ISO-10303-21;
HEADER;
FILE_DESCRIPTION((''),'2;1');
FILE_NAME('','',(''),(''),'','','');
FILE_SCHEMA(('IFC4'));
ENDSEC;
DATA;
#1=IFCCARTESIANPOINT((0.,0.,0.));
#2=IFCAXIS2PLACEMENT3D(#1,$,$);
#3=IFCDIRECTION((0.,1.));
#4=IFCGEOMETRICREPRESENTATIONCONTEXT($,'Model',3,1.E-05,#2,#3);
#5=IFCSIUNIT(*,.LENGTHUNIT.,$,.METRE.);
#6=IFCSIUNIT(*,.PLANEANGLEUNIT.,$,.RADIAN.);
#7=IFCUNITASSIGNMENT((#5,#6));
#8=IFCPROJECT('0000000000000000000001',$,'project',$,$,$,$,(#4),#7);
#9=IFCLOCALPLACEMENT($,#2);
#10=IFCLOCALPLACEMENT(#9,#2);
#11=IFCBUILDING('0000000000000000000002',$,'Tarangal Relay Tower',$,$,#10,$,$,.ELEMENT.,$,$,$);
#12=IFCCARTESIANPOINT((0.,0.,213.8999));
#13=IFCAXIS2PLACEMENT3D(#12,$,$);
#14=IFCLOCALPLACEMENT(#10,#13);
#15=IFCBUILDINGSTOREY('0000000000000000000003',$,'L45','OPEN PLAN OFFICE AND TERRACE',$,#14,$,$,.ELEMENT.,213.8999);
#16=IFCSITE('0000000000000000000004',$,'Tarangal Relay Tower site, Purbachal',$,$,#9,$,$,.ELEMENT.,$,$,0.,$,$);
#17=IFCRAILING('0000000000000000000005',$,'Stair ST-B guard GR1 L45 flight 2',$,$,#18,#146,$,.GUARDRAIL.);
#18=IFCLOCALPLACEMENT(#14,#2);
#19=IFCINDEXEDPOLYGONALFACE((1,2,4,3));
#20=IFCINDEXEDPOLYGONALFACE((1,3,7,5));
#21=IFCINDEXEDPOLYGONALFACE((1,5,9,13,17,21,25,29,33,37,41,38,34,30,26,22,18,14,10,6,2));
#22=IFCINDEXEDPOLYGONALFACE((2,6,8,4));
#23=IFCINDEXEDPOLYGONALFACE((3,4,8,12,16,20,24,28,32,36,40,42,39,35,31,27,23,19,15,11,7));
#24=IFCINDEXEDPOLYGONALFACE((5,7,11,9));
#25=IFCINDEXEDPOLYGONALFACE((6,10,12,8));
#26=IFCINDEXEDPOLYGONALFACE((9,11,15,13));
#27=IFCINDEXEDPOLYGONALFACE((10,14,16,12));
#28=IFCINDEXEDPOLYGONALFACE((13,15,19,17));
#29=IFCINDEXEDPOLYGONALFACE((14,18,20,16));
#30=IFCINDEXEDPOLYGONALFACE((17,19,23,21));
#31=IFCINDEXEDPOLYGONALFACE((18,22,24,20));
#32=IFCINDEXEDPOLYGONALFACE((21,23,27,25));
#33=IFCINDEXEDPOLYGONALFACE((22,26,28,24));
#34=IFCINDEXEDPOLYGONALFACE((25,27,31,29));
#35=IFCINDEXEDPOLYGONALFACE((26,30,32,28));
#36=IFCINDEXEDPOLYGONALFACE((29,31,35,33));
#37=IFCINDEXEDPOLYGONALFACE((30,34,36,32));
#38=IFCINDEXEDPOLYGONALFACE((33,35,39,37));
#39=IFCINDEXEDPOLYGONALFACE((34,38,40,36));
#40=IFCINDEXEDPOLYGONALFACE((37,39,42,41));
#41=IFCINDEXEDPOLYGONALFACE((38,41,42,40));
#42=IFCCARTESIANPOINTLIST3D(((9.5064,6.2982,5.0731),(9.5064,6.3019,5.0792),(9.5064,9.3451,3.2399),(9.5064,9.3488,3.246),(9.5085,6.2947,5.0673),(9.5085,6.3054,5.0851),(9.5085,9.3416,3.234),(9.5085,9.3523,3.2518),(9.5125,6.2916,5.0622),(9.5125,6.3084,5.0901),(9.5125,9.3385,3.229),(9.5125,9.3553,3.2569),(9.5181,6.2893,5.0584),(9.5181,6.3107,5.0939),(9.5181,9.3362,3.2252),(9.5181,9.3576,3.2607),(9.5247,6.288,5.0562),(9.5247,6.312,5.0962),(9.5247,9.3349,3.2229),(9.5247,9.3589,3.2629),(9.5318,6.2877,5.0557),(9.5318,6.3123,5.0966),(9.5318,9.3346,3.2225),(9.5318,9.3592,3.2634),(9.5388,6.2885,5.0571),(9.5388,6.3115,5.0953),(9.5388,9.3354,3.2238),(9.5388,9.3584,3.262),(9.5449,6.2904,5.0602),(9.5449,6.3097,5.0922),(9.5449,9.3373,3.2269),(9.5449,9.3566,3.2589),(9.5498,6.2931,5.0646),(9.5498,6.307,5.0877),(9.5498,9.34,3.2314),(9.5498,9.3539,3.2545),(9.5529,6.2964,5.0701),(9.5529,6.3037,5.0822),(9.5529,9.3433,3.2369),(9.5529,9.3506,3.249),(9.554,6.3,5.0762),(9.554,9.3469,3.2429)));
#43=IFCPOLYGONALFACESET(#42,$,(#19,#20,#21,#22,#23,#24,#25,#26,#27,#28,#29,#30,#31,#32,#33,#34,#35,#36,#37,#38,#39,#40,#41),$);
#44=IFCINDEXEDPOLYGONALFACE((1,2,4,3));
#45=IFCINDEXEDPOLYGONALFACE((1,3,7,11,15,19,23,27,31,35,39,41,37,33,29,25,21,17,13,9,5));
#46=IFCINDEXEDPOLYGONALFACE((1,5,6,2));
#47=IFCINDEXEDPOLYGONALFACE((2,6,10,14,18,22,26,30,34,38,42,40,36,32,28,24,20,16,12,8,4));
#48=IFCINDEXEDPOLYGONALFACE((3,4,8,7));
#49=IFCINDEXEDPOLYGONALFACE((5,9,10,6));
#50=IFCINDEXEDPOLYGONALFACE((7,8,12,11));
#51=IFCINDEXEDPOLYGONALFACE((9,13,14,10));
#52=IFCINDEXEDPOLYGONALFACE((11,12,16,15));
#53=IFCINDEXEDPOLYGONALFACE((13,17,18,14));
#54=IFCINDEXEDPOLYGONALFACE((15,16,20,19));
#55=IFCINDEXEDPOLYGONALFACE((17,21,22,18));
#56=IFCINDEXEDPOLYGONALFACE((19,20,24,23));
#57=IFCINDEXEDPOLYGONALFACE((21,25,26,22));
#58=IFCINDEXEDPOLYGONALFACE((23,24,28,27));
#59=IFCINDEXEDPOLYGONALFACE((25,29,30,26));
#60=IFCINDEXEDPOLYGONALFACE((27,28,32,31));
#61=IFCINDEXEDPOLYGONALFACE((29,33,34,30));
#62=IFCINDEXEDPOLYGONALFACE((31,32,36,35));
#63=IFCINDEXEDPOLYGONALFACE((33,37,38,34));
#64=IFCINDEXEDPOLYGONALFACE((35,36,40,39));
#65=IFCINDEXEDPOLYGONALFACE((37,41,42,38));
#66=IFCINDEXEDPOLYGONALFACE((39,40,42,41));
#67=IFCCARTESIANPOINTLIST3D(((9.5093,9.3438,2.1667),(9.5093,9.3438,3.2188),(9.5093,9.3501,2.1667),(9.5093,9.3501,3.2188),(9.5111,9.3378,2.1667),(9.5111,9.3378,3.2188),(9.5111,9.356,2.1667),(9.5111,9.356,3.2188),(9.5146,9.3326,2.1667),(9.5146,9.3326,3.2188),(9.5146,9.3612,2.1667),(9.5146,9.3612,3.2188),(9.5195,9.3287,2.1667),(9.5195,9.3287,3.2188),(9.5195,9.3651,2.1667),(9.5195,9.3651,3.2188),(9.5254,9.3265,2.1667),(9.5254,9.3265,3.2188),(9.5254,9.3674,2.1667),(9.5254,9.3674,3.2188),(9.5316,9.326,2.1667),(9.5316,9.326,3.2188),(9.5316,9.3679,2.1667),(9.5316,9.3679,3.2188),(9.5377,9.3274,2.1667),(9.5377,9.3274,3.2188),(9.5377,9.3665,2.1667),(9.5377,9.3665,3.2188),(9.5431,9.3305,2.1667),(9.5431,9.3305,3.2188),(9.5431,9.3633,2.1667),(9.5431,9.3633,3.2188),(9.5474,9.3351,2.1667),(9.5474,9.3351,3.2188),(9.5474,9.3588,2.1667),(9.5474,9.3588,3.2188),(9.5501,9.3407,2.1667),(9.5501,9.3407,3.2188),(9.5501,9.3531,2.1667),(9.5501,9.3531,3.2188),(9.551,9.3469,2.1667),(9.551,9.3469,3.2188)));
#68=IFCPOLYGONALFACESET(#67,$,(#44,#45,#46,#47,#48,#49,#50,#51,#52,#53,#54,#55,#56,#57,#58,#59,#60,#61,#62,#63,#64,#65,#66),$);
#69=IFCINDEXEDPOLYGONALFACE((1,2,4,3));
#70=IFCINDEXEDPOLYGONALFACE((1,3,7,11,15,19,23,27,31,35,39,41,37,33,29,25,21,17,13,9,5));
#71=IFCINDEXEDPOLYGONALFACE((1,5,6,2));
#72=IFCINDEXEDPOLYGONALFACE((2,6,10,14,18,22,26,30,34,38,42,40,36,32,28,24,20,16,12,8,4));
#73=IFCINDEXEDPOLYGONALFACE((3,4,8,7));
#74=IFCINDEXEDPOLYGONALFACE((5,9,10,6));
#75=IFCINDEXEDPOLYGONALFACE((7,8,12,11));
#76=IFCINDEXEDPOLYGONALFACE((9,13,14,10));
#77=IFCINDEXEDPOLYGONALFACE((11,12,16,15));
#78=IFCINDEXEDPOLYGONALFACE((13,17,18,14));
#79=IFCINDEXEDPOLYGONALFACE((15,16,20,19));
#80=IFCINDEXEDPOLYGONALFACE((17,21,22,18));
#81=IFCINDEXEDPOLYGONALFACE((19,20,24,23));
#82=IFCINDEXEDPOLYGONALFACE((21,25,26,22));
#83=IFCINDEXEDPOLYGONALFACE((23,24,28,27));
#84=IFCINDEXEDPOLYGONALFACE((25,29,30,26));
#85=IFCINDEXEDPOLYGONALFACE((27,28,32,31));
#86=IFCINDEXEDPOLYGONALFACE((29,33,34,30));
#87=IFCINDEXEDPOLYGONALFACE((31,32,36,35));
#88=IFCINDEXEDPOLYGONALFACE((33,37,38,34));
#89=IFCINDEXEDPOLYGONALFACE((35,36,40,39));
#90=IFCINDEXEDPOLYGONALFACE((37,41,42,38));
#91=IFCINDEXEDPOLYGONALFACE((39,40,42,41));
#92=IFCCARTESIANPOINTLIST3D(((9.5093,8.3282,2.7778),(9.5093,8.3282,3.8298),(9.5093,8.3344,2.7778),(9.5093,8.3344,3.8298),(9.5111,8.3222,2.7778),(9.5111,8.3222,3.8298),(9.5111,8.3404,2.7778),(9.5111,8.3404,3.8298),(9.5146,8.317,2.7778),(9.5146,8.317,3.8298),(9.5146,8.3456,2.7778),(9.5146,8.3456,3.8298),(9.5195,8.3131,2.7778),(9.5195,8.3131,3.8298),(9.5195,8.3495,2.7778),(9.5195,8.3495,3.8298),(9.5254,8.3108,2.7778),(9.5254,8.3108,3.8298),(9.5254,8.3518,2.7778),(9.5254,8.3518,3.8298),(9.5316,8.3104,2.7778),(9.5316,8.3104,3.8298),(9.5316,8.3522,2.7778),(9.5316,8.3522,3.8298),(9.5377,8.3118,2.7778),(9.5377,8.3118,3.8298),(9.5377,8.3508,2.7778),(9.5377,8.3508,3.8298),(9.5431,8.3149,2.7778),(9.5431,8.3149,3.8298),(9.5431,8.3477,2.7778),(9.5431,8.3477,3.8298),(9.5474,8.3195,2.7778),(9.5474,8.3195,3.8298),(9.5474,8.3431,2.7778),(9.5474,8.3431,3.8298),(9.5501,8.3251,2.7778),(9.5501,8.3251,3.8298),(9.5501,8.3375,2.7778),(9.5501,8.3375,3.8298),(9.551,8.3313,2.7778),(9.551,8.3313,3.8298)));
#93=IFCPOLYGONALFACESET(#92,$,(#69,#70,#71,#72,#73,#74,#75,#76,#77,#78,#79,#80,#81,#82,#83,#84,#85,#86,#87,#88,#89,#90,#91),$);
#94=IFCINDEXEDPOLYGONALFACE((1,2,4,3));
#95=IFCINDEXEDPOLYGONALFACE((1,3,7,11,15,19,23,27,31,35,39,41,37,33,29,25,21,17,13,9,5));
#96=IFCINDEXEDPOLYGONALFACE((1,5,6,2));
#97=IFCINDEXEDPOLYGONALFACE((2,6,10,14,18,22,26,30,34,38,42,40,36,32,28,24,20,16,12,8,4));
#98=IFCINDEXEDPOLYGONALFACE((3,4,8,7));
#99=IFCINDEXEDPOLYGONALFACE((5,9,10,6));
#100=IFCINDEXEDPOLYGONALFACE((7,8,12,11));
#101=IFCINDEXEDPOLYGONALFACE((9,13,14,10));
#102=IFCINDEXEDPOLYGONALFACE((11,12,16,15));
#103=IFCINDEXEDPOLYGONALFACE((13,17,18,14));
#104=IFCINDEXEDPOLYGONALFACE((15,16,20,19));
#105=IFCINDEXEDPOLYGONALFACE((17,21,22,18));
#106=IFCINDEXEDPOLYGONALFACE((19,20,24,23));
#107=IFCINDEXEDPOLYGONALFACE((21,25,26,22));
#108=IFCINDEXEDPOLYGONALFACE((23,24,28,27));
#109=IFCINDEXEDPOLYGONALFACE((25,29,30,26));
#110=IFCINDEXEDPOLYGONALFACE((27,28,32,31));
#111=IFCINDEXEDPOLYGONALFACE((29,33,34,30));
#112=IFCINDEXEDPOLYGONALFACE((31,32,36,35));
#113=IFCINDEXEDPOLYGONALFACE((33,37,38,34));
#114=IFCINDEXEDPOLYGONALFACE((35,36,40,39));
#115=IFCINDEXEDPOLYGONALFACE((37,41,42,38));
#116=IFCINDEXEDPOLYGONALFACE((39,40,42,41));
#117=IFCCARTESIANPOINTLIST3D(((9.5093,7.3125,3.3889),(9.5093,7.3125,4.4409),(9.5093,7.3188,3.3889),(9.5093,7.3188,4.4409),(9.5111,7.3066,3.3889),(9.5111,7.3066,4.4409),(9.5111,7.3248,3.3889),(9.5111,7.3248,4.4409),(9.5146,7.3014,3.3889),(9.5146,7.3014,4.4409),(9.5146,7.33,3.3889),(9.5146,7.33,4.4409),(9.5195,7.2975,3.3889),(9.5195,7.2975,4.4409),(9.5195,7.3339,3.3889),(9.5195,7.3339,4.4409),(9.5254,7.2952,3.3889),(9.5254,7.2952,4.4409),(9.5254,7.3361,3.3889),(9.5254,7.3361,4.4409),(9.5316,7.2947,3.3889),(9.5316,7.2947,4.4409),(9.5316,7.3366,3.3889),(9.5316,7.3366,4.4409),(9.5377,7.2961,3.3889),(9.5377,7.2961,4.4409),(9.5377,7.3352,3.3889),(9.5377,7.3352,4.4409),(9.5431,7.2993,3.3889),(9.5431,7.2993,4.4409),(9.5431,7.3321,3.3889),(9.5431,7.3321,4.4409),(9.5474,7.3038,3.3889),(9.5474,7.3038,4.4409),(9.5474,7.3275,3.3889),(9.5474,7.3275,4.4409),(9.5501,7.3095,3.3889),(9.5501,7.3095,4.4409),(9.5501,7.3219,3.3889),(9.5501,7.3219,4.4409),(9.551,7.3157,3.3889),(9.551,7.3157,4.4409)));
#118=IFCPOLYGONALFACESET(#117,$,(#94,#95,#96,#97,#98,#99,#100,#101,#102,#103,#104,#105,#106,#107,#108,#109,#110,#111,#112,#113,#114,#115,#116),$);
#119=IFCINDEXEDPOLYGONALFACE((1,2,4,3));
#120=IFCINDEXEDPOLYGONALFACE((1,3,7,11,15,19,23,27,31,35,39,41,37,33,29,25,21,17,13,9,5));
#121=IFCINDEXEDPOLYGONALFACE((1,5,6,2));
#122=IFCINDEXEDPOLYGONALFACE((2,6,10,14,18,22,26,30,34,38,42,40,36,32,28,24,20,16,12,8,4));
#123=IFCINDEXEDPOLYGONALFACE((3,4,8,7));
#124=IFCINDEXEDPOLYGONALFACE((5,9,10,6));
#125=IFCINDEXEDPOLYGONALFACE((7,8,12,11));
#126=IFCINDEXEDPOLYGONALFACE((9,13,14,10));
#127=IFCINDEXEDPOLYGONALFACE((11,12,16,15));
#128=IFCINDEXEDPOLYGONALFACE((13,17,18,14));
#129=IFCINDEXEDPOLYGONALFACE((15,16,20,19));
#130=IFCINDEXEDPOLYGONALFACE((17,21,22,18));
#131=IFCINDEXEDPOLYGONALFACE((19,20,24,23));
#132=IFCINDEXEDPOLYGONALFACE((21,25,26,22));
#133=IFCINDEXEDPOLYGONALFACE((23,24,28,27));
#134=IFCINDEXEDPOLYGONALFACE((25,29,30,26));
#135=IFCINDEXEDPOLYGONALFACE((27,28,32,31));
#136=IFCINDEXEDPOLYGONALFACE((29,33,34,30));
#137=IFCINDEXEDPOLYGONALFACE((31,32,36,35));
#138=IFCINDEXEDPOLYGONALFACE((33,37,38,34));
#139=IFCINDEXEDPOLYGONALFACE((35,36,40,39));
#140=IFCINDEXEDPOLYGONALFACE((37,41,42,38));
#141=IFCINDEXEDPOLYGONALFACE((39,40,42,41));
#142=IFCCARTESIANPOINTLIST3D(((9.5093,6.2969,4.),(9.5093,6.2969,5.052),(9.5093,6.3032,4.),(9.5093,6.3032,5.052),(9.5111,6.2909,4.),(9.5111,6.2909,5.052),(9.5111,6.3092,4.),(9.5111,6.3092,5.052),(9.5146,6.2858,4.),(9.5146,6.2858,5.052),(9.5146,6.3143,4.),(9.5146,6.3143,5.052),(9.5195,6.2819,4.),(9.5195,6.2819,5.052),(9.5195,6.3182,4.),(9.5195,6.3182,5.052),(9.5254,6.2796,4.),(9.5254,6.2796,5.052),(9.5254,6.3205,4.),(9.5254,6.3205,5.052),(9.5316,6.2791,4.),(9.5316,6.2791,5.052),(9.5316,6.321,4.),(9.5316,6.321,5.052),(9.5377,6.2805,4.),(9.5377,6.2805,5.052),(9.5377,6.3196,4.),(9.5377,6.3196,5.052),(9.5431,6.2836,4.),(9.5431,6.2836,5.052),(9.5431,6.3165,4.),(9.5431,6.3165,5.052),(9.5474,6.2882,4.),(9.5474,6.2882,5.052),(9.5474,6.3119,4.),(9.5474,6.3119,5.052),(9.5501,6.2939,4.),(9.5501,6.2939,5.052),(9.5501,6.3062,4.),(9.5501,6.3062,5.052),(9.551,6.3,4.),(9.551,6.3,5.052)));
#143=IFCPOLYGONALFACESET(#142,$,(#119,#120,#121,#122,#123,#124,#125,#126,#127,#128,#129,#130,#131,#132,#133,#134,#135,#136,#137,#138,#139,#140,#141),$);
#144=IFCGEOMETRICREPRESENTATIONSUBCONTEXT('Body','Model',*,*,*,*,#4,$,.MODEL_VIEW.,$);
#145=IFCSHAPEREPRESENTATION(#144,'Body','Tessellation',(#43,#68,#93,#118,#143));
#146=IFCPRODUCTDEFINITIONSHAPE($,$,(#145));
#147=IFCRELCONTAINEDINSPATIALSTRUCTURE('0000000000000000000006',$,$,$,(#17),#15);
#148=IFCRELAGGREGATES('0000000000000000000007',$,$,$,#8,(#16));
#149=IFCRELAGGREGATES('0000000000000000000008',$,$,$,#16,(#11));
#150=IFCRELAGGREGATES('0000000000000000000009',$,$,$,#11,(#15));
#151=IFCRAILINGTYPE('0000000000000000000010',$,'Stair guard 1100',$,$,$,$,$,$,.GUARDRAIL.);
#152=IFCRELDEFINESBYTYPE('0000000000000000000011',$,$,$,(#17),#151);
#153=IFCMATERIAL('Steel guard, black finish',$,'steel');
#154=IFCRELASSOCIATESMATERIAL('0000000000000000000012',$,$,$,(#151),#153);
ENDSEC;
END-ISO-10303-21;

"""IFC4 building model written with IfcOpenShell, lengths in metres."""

from ifc_helpers import new_model, si_unit, direction, frame, origin, origin_2d, place, context, subcontext, project, spatial, circle, extrude, material, type_object, element, save


model = new_model("IFC4")

# Units and contexts
model_context = context("Model", 3, precision=1e-05, world=origin(), true_north=direction((0.0, 1.0)))
body_context = subcontext(model_context, "Body", "Model", "MODEL_VIEW")
ifc_project = project(units=[si_unit("LENGTHUNIT", "METRE"), si_unit("PLANEANGLEUNIT", "RADIAN")], contexts=[model_context])

# Site, building, storey
site_placement = place(None, origin())
site = spatial("IfcSite", under=ifc_project, at=site_placement, Name="Tarangal Relay Tower site, Purbachal", CompositionType="ELEMENT", RefElevation=0.0)
building_placement = place(site_placement, origin())
building = spatial("IfcBuilding", under=site, at=building_placement, Name="Tarangal Relay Tower", CompositionType="ELEMENT")
storey_placement = place(building_placement, frame((0.0, 0.0, 213.8999)))
storey = spatial("IfcBuildingStorey", under=building, at=storey_placement, Name="L45", Description="OPEN PLAN OFFICE AND TERRACE", CompositionType="ELEMENT", Elevation=213.8999)

# Railing
ifc_material_1 = material(Name="Steel guard, black finish", Category="steel")
railing_type_1 = type_object("IfcRailingType", Name="Stair guard 1100", PredefinedType="GUARDRAIL", material=ifc_material_1)
railing_1_placement = place(storey_placement, frame((9.53, 9.3469, 2.1667)))
element("IfcRailing", 1, at=railing_1_placement, inside=storey, type_object=railing_type_1, Name="Stair ST-B guard GR1 L45 flight 2", PredefinedType="GUARDRAIL", context=body_context, shape_type="SweptSolid", body=[
    extrude(circle(Radius=0.0239, at=origin_2d()), frame((0.0, 0.0, 1.0762), z_axis=(0.0, -0.856856, 0.515556), x_axis=(1.0, 0.0, 0.0)), (0.0, 0.0, 1.0), 3.5559),
    extrude(circle(Radius=0.021, at=origin_2d()), origin(), (0.0, 0.0, 1.0), 1.052),
    extrude(circle(Radius=0.021, at=origin_2d()), frame((0.0, -1.0156, 0.6111)), (0.0, 0.0, 1.0), 1.052),
    extrude(circle(Radius=0.021, at=origin_2d()), frame((0.0, -2.0312, 1.2222)), (0.0, 0.0, 1.0), 1.052),
    extrude(circle(Radius=0.021, at=origin_2d()), frame((0.0, -3.0469, 1.8333)), (0.0, 0.0, 1.0), 1.052),
])

save(model, "model.ifc")
